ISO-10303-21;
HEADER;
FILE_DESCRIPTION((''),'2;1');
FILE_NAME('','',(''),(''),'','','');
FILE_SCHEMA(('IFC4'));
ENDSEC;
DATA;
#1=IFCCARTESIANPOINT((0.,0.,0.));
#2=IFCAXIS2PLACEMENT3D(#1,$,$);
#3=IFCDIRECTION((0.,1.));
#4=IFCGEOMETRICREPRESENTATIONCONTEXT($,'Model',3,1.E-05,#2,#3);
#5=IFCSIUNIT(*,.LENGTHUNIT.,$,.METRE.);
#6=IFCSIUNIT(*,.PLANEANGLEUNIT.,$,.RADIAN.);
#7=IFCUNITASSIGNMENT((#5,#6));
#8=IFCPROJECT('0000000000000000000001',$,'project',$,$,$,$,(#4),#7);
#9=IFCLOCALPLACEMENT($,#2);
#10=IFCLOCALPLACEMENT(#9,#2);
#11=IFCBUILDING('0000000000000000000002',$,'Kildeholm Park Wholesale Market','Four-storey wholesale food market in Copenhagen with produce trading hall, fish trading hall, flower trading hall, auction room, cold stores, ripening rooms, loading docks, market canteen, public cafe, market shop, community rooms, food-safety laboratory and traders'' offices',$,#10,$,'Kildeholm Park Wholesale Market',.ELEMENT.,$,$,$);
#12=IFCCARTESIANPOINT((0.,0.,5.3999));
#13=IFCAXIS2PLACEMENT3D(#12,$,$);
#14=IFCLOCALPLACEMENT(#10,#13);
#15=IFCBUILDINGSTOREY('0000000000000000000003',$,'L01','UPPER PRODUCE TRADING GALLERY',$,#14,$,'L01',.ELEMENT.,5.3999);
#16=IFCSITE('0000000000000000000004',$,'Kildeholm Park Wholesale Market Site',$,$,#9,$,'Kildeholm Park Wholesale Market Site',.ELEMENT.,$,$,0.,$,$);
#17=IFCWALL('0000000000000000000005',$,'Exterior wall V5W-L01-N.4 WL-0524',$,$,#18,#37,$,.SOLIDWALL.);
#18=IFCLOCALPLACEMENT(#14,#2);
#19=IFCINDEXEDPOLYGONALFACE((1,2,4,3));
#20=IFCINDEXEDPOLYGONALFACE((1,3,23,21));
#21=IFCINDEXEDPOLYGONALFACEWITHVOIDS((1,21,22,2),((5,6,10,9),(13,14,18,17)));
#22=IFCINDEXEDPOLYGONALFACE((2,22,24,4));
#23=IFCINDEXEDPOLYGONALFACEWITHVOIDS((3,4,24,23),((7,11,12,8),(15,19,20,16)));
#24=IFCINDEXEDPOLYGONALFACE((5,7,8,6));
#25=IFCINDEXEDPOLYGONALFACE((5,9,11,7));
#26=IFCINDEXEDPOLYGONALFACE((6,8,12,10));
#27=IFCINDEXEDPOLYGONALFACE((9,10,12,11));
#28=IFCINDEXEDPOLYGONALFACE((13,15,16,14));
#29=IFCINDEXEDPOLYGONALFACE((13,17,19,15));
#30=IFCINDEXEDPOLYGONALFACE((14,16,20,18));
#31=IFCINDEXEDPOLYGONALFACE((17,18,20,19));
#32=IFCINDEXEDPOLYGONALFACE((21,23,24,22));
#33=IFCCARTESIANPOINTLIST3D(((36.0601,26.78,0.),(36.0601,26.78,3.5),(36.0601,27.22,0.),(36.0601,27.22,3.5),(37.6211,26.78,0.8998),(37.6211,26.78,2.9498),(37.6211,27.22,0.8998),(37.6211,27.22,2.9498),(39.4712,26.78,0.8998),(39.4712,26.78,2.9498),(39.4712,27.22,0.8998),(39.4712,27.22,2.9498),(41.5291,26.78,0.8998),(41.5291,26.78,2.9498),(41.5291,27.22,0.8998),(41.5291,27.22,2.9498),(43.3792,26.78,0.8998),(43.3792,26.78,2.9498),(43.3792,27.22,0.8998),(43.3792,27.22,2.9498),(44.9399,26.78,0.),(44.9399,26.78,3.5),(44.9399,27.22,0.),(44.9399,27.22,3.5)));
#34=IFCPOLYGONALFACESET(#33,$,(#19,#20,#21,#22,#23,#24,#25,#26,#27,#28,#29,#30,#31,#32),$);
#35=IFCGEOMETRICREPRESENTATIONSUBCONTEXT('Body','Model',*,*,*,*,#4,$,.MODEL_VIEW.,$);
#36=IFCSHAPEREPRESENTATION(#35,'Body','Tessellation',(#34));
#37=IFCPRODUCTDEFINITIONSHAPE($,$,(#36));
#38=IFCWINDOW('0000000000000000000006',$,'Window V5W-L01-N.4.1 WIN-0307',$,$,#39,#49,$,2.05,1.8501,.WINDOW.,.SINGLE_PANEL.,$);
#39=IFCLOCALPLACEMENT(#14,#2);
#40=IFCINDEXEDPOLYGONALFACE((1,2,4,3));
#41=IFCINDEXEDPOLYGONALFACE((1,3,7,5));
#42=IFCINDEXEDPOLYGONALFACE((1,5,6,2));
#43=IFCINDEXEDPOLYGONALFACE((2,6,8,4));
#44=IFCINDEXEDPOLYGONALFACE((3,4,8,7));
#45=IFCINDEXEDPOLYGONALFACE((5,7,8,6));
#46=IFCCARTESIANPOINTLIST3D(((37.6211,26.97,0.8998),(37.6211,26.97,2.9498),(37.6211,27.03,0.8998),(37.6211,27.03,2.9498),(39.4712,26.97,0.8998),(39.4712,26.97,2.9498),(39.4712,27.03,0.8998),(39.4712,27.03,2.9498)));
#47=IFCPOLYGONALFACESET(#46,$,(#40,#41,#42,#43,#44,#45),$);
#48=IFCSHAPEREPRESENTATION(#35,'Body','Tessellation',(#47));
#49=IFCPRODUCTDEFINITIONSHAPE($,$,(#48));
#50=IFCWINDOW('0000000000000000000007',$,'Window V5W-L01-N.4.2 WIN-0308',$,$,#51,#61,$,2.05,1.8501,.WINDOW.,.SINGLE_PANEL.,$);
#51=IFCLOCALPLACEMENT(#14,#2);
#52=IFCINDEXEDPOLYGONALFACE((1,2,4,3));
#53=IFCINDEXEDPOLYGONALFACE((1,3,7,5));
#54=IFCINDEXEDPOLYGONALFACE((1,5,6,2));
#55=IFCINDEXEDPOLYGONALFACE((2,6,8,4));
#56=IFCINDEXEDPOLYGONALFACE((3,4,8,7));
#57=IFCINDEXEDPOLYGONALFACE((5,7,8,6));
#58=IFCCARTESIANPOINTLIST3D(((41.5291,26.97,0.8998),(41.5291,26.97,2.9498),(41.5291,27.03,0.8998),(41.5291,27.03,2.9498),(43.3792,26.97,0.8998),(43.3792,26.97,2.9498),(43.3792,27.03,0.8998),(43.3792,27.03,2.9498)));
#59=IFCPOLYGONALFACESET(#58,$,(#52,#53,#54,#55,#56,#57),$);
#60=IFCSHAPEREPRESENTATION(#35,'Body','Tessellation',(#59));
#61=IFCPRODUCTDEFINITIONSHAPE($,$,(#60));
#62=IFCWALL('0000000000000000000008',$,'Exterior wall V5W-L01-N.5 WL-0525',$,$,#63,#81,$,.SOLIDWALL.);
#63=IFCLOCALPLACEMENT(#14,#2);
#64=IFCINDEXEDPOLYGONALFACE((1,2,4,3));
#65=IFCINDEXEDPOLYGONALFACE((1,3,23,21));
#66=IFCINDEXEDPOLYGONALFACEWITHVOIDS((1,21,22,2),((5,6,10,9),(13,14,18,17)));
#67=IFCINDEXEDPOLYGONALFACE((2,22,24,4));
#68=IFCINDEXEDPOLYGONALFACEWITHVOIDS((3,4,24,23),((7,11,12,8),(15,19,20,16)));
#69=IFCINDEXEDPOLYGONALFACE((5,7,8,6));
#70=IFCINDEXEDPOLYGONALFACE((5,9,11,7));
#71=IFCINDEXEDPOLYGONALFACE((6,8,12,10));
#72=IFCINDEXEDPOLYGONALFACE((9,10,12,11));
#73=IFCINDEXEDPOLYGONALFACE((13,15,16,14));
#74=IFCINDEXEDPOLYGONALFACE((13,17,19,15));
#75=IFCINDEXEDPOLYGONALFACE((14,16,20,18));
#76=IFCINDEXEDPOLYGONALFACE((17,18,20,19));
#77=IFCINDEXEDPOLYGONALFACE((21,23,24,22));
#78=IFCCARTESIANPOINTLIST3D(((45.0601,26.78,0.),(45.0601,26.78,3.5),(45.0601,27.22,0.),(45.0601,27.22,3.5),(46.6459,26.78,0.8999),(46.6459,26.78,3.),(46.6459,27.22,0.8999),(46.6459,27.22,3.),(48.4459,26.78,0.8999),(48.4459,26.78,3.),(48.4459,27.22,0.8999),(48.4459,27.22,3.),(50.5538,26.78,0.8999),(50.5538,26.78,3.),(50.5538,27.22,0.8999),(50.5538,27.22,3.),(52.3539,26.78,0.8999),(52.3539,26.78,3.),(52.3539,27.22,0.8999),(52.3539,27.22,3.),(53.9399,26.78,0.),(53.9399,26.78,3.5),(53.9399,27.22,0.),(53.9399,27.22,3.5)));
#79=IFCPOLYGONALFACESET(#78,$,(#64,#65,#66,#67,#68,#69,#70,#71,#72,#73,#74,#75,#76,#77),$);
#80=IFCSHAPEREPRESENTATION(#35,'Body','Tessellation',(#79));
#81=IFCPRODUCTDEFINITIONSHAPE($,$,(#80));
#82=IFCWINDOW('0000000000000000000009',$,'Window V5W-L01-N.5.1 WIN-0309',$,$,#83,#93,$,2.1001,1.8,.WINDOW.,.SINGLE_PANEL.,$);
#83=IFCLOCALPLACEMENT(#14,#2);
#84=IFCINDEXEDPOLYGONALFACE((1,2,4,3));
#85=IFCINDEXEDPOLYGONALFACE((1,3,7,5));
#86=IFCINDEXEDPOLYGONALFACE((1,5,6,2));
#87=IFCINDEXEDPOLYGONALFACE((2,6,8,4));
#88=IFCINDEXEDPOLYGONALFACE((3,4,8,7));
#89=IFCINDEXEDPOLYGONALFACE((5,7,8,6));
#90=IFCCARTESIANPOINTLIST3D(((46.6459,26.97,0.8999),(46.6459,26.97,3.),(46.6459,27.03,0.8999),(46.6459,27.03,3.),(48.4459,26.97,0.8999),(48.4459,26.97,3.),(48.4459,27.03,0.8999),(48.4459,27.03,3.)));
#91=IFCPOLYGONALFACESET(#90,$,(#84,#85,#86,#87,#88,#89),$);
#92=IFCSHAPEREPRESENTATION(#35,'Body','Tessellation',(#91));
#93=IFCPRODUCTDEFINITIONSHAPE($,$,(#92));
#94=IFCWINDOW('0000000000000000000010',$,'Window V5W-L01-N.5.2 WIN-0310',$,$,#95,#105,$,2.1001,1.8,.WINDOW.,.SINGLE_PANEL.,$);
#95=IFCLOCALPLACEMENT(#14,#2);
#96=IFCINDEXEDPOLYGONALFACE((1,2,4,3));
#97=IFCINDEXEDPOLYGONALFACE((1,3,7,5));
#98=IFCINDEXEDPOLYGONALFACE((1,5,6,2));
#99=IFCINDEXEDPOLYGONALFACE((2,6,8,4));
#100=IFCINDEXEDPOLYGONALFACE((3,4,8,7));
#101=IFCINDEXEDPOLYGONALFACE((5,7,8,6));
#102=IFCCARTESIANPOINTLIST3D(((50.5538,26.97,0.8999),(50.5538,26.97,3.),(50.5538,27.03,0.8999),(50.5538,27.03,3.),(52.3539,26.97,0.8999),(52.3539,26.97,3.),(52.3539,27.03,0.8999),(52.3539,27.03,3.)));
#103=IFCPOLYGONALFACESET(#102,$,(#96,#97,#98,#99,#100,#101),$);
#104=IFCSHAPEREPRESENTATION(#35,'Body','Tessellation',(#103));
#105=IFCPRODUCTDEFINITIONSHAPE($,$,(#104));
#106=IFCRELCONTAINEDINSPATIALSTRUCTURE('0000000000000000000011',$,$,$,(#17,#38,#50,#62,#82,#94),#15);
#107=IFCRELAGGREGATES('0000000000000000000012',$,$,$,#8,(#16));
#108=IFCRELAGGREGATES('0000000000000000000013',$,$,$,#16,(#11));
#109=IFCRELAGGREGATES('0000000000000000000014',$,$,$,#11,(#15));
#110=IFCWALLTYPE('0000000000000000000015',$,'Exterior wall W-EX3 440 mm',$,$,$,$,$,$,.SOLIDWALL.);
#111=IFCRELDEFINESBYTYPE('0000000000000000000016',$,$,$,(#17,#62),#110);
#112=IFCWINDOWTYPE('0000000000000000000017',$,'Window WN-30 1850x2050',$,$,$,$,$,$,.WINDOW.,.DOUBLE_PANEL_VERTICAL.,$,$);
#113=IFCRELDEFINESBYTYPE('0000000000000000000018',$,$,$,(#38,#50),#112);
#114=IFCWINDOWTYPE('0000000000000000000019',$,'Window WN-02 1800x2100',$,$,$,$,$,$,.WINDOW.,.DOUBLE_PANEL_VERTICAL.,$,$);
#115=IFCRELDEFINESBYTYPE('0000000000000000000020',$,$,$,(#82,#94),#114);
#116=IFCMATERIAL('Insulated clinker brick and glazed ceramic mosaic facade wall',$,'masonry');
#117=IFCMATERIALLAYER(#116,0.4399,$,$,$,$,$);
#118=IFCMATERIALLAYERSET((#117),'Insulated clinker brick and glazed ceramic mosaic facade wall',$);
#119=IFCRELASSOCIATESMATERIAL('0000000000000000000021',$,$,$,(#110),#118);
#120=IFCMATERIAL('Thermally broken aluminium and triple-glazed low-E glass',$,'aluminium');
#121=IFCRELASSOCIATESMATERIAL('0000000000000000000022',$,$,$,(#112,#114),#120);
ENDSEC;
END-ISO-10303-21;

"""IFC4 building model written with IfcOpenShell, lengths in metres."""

from ifc_helpers import new_model, si_unit, direction, frame, frame_2d, origin, place, context, subcontext, project, spatial, rectangle, extrude, material, layer, layer_set, type_object, element, fill, save


model = new_model("IFC4")

# Units and contexts
model_context = context("Model", 3, precision=1e-05, world=origin(), true_north=direction((0.0, 1.0)))
body_context = subcontext(model_context, "Body", "Model", "MODEL_VIEW")
ifc_project = project(units=[si_unit("LENGTHUNIT", "METRE"), si_unit("PLANEANGLEUNIT", "RADIAN")], contexts=[model_context])

# Site, building, storey
site_placement = place(None, origin())
site = spatial("IfcSite", under=ifc_project, at=site_placement, Name="Kildeholm Park Wholesale Market Site", LongName="Kildeholm Park Wholesale Market Site", CompositionType="ELEMENT", RefElevation=0.0)
building_placement = place(site_placement, origin())
building = spatial("IfcBuilding", under=site, at=building_placement, Name="Kildeholm Park Wholesale Market", Description="Four-storey wholesale food market in Copenhagen with produce trading hall, fish trading hall, flower trading hall, auction room, cold stores, ripening rooms, loading docks, market canteen, public cafe, market shop, community rooms, food-safety laboratory and traders' offices", LongName="Kildeholm Park Wholesale Market", CompositionType="ELEMENT")
storey_placement = place(building_placement, frame((0.0, 0.0, 5.3999)))
storey = spatial("IfcBuildingStorey", under=building, at=storey_placement, Name="L01", Description="UPPER PRODUCE TRADING GALLERY", LongName="L01", CompositionType="ELEMENT", Elevation=5.3999)

# Walls, openings, windows
ifc_material_1 = material(Name="Insulated clinker brick and glazed ceramic mosaic facade wall", Category="masonry")
ifc_layer_1 = layer(ifc_material_1, 0.4399)
ifc_layer_set_1 = layer_set([ifc_layer_1], Name="Insulated clinker brick and glazed ceramic mosaic facade wall")
wall_type = type_object("IfcWallType", Name="Exterior wall W-EX3 440 mm", PredefinedType="SOLIDWALL", material=ifc_layer_set_1)
wall_1_placement = place(storey_placement, frame((36.0601, 27.0, 0.0), z_axis=(0.0, 0.0, 1.0), x_axis=(1.0, 0.0, 0.0)))
wall_1 = element("IfcWall", 1, at=wall_1_placement, inside=storey, type_object=wall_type, Name="Exterior wall V5W-L01-N.4 WL-0524", PredefinedType="SOLIDWALL", context=body_context, shape_type="SweptSolid", body=[
    extrude(rectangle(XDim=8.8799, YDim=0.4399, at=frame_2d((4.4399, 0.0))), origin(), (0.0, 0.0, 1.0), 3.5),
])
opening_1_placement = place(wall_1_placement, frame((1.561, 0.0, 0.8999)))
opening_1 = element("IfcOpeningElement", 2, at=opening_1_placement, cuts=wall_1, PredefinedType="OPENING", context=body_context, shape_type="SweptSolid", body=[
    extrude(rectangle(XDim=1.8501, YDim=2.05, at=frame_2d((0.925, 1.0249))), frame((0.0, 0.23, 0.0), z_axis=(0.0, -1.0, 0.0), x_axis=(1.0, 0.0, 0.0)), (0.0, 0.0, 1.0), 0.46),
])
opening_2_placement = place(wall_1_placement, frame((5.469, 0.0, 0.8999)))
opening_2 = element("IfcOpeningElement", 3, at=opening_2_placement, cuts=wall_1, PredefinedType="OPENING", context=body_context, shape_type="SweptSolid", body=[
    extrude(rectangle(XDim=1.8501, YDim=2.05, at=frame_2d((0.925, 1.0249))), frame((0.0, 0.23, 0.0), z_axis=(0.0, -1.0, 0.0), x_axis=(1.0, 0.0, 0.0)), (0.0, 0.0, 1.0), 0.46),
])
ifc_material_2 = material(Name="Thermally broken aluminium and triple-glazed low-E glass", Category="aluminium")
window_type_1 = type_object("IfcWindowType", Name="Window WN-30 1850x2050", PartitioningType="DOUBLE_PANEL_VERTICAL", PredefinedType="WINDOW", material=ifc_material_2)
window_1_placement = place(opening_1_placement, origin())
window_1 = element("IfcWindow", 4, at=window_1_placement, inside=storey, type_object=window_type_1, Name="Window V5W-L01-N.4.1 WIN-0307", OverallHeight=2.05, OverallWidth=1.8501, PartitioningType="SINGLE_PANEL", PredefinedType="WINDOW", context=body_context, shape_type="SweptSolid", body=[
    extrude(rectangle(XDim=1.8501, YDim=2.05, at=frame_2d((0.925, 1.0249))), frame((0.0, 0.03, 0.0), z_axis=(0.0, -1.0, 0.0), x_axis=(1.0, 0.0, 0.0)), (0.0, 0.0, 1.0), 0.0601),
])
fill(opening_1, window_1)
window_2_placement = place(opening_2_placement, origin())
window_2 = element("IfcWindow", 5, at=window_2_placement, inside=storey, type_object=window_type_1, Name="Window V5W-L01-N.4.2 WIN-0308", OverallHeight=2.05, OverallWidth=1.8501, PartitioningType="SINGLE_PANEL", PredefinedType="WINDOW", context=body_context, shape_type="SweptSolid", body=[
    extrude(rectangle(XDim=1.8501, YDim=2.05, at=frame_2d((0.925, 1.0249))), frame((0.0, 0.03, 0.0), z_axis=(0.0, -1.0, 0.0), x_axis=(1.0, 0.0, 0.0)), (0.0, 0.0, 1.0), 0.0601),
])
fill(opening_2, window_2)
wall_2_placement = place(storey_placement, frame((45.0601, 27.0, 0.0), z_axis=(0.0, 0.0, 1.0), x_axis=(1.0, 0.0, 0.0)))
wall_2 = element("IfcWall", 6, at=wall_2_placement, inside=storey, type_object=wall_type, Name="Exterior wall V5W-L01-N.5 WL-0525", PredefinedType="SOLIDWALL", context=body_context, shape_type="SweptSolid", body=[
    extrude(rectangle(XDim=8.8799, YDim=0.4399, at=frame_2d((4.4399, 0.0))), origin(), (0.0, 0.0, 1.0), 3.5),
])
opening_3_placement = place(wall_2_placement, frame((1.5859, 0.0, 0.8999)))
opening_3 = element("IfcOpeningElement", 7, at=opening_3_placement, cuts=wall_2, PredefinedType="OPENING", context=body_context, shape_type="SweptSolid", body=[
    extrude(rectangle(XDim=1.8, YDim=2.1001, at=frame_2d((0.8999, 1.05))), frame((0.0, 0.23, 0.0), z_axis=(0.0, -1.0, 0.0), x_axis=(1.0, 0.0, 0.0)), (0.0, 0.0, 1.0), 0.46),
])
opening_4_placement = place(wall_2_placement, frame((5.4939, 0.0, 0.8999)))
opening_4 = element("IfcOpeningElement", 8, at=opening_4_placement, cuts=wall_2, PredefinedType="OPENING", context=body_context, shape_type="SweptSolid", body=[
    extrude(rectangle(XDim=1.8, YDim=2.1001, at=frame_2d((0.8999, 1.05))), frame((0.0, 0.23, 0.0), z_axis=(0.0, -1.0, 0.0), x_axis=(1.0, 0.0, 0.0)), (0.0, 0.0, 1.0), 0.46),
])
window_type_2 = type_object("IfcWindowType", Name="Window WN-02 1800x2100", PartitioningType="DOUBLE_PANEL_VERTICAL", PredefinedType="WINDOW", material=ifc_material_2)
window_3_placement = place(opening_3_placement, origin())
window_3 = element("IfcWindow", 9, at=window_3_placement, inside=storey, type_object=window_type_2, Name="Window V5W-L01-N.5.1 WIN-0309", OverallHeight=2.1001, OverallWidth=1.8, PartitioningType="SINGLE_PANEL", PredefinedType="WINDOW", context=body_context, shape_type="SweptSolid", body=[
    extrude(rectangle(XDim=1.8, YDim=2.1001, at=frame_2d((0.8999, 1.05))), frame((0.0, 0.03, 0.0), z_axis=(0.0, -1.0, 0.0), x_axis=(1.0, 0.0, 0.0)), (0.0, 0.0, 1.0), 0.0601),
])
fill(opening_3, window_3)
window_4_placement = place(opening_4_placement, origin())
window_4 = element("IfcWindow", 10, at=window_4_placement, inside=storey, type_object=window_type_2, Name="Window V5W-L01-N.5.2 WIN-0310", OverallHeight=2.1001, OverallWidth=1.8, PartitioningType="SINGLE_PANEL", PredefinedType="WINDOW", context=body_context, shape_type="SweptSolid", body=[
    extrude(rectangle(XDim=1.8, YDim=2.1001, at=frame_2d((0.8999, 1.05))), frame((0.0, 0.03, 0.0), z_axis=(0.0, -1.0, 0.0), x_axis=(1.0, 0.0, 0.0)), (0.0, 0.0, 1.0), 0.0601),
])
fill(opening_4, window_4)

save(model, "model.ifc")
